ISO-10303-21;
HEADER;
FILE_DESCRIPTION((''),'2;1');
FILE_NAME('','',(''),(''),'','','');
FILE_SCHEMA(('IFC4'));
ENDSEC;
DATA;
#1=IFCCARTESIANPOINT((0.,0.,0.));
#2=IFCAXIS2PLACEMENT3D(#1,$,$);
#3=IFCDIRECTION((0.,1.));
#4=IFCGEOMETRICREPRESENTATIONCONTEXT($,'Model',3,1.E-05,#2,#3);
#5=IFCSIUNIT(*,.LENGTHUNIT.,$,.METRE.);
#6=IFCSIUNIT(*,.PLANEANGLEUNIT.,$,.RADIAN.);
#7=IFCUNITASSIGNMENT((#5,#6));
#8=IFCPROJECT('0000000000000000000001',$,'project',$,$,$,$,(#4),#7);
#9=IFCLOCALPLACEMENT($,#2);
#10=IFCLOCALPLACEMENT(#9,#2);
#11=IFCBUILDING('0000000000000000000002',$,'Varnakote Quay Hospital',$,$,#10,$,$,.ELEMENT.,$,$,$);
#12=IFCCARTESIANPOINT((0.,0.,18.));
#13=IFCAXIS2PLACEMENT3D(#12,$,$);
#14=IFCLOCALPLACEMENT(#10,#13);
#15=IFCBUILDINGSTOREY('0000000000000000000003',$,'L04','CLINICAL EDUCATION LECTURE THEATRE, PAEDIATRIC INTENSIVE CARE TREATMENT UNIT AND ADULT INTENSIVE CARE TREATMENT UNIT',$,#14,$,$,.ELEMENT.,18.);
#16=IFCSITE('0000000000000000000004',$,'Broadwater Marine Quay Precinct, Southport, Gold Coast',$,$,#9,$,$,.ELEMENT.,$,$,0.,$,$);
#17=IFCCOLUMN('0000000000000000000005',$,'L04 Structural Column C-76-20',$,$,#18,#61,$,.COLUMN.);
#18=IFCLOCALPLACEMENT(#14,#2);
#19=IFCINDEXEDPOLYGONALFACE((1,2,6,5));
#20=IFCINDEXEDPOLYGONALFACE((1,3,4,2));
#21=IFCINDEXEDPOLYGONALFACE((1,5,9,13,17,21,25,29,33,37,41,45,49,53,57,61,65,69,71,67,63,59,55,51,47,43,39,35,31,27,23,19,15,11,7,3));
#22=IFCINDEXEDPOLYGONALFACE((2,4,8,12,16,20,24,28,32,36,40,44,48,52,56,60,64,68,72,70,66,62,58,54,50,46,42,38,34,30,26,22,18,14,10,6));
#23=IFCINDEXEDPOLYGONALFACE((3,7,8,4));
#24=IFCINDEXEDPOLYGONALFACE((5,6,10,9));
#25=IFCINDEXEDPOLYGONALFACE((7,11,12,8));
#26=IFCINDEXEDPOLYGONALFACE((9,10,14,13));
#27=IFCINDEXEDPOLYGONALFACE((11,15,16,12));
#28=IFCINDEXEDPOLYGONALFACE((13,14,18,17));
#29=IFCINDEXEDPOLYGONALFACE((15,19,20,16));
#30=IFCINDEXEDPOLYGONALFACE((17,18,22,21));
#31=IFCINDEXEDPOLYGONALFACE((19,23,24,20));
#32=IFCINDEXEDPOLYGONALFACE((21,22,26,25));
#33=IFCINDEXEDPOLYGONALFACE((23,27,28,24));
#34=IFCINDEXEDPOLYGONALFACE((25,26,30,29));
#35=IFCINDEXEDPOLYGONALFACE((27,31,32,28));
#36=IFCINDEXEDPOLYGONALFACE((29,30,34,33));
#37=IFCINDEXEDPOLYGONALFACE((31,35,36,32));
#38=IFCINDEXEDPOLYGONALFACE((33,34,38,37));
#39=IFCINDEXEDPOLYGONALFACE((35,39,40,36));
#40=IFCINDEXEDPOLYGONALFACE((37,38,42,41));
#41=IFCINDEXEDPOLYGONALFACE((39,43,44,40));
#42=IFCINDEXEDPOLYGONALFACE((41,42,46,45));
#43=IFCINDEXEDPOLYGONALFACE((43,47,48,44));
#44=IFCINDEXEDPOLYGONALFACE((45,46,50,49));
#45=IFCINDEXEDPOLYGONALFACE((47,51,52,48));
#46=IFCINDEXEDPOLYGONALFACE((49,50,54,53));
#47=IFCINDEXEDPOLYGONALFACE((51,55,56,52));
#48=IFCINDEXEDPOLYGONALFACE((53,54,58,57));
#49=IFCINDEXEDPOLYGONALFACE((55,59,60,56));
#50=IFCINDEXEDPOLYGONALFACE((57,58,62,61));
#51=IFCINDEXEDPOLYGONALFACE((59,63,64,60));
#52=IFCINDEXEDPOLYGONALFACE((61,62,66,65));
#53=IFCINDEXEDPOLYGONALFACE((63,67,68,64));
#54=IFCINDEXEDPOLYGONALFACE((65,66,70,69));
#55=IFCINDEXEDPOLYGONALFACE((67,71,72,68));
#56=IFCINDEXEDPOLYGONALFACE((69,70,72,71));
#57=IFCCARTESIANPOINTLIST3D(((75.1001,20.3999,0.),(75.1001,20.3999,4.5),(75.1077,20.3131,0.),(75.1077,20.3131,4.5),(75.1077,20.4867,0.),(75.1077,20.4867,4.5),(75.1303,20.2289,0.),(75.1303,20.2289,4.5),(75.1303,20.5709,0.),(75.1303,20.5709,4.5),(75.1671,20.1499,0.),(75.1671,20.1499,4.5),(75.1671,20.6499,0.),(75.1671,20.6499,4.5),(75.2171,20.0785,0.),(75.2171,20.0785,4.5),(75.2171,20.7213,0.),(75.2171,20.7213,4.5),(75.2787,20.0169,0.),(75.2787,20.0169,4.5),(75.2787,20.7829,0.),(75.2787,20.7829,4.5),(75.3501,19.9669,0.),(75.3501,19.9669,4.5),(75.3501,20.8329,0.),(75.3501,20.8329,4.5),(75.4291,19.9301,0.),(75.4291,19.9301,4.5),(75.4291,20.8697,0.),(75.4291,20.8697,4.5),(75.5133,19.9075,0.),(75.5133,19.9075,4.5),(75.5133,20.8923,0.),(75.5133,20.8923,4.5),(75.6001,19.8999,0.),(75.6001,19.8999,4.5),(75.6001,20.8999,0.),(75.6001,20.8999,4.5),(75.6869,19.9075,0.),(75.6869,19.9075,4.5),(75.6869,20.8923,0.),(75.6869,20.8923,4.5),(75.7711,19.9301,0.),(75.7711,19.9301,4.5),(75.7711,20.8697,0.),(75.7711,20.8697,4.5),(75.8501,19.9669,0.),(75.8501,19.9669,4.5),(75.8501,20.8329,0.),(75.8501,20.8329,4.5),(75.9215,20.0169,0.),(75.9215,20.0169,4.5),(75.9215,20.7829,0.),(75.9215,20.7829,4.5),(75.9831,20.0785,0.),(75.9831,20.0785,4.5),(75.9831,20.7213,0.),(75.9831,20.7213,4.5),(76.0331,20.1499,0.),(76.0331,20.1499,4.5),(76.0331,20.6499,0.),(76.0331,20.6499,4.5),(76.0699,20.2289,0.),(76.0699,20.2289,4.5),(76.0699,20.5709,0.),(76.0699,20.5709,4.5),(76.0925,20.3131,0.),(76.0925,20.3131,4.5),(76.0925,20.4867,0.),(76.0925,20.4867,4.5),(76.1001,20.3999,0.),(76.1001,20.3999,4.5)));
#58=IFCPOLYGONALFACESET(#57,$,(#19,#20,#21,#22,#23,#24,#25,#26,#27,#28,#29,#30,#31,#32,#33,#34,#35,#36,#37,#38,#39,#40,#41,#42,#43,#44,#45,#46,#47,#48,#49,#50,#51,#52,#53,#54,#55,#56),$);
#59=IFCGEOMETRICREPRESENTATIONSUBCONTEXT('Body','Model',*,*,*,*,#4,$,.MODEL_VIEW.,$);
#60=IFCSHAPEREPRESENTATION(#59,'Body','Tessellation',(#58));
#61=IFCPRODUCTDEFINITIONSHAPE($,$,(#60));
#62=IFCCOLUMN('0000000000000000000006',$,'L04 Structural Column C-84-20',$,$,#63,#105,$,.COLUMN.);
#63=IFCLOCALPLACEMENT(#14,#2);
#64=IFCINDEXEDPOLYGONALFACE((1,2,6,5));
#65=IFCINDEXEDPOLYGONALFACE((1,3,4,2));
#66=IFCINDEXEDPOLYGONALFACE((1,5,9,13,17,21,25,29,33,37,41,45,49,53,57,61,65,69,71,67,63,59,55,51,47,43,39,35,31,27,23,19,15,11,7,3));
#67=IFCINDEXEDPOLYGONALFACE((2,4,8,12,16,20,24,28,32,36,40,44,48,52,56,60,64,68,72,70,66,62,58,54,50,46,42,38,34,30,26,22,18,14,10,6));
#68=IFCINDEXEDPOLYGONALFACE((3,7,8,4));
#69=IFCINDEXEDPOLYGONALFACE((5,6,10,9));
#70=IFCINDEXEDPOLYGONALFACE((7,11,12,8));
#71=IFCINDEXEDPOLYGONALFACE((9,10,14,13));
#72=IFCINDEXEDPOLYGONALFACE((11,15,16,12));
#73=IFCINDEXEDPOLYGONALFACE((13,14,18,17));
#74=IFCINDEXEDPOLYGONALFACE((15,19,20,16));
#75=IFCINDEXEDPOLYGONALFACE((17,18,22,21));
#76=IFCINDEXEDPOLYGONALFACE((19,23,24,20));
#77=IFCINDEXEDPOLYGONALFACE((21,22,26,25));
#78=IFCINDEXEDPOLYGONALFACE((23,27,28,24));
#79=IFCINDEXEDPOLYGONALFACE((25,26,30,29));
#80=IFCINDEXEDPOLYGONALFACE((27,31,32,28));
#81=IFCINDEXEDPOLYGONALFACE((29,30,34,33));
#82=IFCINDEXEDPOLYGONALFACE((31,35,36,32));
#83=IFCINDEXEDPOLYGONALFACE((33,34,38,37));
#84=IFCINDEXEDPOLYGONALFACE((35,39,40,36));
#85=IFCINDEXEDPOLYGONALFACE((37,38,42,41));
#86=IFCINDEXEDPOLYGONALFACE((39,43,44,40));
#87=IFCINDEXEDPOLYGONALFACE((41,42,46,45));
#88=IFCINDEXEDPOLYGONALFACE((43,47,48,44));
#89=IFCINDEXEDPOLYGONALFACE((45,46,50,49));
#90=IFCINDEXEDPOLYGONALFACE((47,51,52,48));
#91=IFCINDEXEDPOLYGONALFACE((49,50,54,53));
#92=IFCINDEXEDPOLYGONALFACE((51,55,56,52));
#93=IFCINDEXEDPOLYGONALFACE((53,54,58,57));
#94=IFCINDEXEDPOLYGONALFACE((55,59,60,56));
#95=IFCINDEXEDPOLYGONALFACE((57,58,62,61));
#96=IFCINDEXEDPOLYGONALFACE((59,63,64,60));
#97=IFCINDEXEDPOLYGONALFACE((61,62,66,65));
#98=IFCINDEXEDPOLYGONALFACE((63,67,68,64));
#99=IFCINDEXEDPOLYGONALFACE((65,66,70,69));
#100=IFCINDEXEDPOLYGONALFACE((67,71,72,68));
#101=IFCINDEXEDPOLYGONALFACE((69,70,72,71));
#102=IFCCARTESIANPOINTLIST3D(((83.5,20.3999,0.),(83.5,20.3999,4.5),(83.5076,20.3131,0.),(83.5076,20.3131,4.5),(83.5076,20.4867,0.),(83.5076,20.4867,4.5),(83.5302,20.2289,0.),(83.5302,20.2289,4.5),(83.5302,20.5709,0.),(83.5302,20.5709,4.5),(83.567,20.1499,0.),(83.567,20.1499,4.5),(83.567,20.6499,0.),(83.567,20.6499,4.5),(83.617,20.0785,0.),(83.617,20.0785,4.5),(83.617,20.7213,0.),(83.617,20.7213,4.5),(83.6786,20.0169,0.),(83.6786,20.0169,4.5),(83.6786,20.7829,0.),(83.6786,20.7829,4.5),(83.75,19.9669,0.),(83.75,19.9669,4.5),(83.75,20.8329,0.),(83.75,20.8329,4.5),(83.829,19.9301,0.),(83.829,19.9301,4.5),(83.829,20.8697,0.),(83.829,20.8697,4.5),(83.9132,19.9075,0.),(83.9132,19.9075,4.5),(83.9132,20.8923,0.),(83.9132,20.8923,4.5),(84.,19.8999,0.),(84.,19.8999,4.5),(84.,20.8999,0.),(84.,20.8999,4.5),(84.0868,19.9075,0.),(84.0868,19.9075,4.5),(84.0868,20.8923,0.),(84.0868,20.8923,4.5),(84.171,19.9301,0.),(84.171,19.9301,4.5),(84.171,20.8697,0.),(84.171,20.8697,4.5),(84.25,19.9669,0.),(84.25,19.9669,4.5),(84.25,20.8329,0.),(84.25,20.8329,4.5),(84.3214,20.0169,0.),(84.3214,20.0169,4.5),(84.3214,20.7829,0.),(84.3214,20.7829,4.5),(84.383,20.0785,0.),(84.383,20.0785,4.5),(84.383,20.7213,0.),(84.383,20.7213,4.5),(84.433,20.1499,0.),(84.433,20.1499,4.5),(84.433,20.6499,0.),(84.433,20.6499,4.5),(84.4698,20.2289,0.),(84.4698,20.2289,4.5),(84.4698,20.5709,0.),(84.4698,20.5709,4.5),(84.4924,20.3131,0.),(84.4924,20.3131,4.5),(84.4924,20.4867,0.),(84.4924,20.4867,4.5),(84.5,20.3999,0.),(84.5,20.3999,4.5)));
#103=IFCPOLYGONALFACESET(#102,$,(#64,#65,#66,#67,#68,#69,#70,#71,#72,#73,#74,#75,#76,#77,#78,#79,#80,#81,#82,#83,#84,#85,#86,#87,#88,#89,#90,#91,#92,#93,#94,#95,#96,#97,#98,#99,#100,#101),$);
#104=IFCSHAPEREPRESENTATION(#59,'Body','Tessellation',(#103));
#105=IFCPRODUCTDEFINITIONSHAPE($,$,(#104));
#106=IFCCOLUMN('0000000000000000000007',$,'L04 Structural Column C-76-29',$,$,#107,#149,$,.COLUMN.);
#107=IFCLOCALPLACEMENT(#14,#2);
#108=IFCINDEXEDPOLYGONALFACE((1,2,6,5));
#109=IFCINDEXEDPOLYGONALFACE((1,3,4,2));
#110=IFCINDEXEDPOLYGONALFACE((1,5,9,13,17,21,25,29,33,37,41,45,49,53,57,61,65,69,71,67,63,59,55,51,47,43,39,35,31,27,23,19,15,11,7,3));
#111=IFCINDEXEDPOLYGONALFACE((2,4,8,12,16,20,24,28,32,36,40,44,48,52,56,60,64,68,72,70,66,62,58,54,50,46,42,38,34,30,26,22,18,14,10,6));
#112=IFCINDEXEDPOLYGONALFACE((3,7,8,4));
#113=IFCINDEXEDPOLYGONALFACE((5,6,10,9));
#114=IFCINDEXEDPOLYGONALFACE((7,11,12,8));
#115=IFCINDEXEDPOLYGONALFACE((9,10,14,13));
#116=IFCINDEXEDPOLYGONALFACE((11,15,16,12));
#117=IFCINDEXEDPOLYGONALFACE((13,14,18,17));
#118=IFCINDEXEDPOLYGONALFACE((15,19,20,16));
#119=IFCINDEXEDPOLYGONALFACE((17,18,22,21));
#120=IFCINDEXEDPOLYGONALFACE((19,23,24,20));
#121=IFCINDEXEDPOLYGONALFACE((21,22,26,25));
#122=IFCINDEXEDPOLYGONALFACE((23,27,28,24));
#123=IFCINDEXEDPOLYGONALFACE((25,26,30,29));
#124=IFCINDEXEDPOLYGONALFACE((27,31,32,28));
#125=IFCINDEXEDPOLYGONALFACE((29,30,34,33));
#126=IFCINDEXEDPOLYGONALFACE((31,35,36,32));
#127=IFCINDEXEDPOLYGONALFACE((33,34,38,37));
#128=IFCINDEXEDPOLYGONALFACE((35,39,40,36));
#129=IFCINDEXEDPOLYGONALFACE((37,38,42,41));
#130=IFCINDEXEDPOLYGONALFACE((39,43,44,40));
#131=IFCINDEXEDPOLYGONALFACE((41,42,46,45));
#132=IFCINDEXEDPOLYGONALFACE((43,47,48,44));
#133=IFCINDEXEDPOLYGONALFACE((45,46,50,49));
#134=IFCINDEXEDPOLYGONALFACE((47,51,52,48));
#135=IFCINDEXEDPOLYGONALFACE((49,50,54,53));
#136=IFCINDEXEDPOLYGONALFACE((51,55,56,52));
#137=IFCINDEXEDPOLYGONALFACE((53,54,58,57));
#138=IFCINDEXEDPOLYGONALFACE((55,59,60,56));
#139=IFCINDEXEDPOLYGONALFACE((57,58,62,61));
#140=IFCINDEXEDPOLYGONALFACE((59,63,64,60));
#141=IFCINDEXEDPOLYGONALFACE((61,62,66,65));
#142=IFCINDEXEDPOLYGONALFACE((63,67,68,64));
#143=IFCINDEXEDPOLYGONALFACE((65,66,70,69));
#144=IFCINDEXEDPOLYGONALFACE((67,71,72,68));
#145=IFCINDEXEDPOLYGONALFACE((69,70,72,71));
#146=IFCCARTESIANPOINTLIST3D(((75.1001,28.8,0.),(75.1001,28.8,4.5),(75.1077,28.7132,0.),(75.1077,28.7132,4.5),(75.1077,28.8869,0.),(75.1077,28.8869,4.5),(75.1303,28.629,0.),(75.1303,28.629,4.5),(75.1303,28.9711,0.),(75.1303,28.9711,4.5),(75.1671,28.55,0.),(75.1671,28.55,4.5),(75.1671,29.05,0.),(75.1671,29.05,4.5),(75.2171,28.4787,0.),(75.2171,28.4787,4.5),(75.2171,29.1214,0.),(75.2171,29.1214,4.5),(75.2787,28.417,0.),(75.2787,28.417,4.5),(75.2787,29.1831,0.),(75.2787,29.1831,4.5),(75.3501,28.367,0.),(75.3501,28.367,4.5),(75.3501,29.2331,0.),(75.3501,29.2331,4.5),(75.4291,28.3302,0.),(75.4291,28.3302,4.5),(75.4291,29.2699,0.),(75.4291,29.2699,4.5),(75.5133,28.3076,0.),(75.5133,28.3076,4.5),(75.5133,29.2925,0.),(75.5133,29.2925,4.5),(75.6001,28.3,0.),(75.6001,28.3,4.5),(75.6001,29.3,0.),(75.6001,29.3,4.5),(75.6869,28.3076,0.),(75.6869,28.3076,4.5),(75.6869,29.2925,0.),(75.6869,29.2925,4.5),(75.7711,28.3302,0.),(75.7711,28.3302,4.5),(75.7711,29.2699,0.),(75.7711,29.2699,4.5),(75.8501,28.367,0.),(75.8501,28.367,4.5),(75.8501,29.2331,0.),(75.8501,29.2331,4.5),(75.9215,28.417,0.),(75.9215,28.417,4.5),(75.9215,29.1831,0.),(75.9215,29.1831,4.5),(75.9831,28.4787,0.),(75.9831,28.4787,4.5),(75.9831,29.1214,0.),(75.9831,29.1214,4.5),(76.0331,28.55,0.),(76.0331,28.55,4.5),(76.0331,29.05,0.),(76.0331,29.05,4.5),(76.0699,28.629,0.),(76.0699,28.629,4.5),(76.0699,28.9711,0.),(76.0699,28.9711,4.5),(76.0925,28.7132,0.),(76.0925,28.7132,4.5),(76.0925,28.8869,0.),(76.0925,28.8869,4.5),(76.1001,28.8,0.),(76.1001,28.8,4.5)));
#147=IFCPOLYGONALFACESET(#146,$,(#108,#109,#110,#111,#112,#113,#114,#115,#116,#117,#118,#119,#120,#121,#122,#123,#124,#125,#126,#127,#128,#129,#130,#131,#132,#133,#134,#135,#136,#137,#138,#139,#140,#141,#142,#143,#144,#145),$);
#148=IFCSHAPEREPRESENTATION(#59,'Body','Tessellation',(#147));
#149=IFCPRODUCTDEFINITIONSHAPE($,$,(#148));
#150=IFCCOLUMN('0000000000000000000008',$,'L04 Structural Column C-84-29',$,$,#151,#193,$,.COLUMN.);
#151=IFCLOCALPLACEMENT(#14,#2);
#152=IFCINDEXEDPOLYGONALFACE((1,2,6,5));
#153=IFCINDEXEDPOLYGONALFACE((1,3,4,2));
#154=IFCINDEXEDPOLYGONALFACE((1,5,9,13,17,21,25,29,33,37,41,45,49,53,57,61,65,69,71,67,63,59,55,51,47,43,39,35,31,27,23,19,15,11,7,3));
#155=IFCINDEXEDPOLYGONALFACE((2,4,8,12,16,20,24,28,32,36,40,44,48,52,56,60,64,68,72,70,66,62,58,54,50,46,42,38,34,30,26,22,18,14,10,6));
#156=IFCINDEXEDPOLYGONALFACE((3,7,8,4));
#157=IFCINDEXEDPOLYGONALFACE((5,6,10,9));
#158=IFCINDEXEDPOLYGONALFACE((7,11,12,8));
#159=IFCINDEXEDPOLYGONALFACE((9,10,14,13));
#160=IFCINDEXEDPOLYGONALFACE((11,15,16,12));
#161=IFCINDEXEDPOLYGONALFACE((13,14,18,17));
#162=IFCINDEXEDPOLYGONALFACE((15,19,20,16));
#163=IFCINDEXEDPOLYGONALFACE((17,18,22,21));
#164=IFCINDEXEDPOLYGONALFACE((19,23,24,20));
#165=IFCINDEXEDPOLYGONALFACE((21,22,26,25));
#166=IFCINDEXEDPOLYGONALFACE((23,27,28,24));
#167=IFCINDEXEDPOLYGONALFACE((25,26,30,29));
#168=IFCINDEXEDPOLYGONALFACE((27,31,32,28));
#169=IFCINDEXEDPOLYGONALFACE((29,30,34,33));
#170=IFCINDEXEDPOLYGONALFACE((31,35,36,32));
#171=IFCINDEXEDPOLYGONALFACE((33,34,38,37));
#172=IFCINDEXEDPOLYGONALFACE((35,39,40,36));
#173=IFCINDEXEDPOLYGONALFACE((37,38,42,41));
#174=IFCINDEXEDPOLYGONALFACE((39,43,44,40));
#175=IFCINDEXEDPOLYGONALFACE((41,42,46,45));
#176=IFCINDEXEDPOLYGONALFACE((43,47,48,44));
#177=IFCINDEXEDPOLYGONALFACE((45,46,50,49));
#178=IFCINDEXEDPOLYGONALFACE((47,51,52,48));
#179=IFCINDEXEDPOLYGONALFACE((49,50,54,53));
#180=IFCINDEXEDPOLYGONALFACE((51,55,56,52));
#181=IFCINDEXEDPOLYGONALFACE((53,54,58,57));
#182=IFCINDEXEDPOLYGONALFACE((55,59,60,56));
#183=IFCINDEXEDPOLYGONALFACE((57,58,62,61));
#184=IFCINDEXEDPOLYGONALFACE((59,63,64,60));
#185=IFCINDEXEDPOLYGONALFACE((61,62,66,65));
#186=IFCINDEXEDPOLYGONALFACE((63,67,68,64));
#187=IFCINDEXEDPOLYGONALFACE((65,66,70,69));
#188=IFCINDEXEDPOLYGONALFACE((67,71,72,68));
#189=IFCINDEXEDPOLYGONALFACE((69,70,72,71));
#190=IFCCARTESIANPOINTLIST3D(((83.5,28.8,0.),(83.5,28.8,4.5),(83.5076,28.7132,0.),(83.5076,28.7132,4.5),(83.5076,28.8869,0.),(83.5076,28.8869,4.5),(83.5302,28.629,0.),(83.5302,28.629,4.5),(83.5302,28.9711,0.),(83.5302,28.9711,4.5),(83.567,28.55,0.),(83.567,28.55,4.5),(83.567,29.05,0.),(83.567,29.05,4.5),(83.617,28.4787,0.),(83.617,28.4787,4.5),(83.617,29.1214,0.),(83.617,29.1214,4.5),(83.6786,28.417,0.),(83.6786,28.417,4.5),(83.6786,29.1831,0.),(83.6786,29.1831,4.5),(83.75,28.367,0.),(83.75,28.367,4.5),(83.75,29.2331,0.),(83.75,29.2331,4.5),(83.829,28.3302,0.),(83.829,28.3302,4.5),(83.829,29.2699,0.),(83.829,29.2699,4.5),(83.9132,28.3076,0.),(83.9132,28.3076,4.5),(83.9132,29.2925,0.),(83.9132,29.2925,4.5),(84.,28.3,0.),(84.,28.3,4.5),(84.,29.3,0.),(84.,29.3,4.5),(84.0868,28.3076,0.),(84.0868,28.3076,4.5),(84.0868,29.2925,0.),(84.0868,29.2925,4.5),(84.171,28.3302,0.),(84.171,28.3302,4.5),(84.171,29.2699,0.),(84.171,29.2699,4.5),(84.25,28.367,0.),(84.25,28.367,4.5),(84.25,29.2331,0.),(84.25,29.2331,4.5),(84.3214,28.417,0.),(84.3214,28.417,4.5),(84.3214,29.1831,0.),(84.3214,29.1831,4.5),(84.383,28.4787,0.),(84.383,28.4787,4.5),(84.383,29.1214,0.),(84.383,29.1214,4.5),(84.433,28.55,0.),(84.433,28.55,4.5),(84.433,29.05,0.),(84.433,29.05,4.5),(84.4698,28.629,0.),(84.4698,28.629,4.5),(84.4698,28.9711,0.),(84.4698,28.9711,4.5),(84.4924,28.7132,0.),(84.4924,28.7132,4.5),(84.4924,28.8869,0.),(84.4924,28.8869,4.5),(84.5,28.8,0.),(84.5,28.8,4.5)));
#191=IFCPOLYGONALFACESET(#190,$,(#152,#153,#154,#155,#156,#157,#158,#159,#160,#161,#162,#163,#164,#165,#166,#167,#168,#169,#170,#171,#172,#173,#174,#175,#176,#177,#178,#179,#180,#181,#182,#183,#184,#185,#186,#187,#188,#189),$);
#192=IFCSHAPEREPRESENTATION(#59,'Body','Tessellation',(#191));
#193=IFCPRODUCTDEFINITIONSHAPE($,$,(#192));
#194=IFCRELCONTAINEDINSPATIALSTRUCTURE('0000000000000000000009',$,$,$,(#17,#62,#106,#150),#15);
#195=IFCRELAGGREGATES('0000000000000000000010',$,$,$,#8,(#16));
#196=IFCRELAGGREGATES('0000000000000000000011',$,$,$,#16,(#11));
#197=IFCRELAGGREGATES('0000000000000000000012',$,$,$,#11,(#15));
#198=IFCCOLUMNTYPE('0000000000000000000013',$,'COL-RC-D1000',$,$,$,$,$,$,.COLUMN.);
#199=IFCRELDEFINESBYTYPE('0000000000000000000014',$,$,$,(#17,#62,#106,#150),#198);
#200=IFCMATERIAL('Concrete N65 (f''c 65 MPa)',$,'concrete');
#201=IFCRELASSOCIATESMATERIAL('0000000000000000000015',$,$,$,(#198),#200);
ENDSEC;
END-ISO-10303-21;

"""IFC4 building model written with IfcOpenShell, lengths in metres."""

from ifc_helpers import new_model, si_unit, direction, frame, origin, origin_2d, place, context, subcontext, project, spatial, circle, extrude, material, material_profile, profile_set, type_object, element, save


model = new_model("IFC4")

# Units and contexts
model_context = context("Model", 3, precision=1e-05, world=origin(), true_north=direction((0.0, 1.0)))
body_context = subcontext(model_context, "Body", "Model", "MODEL_VIEW")
ifc_project = project(units=[si_unit("LENGTHUNIT", "METRE"), si_unit("PLANEANGLEUNIT", "RADIAN")], contexts=[model_context])

# Site, building, storey
site_placement = place(None, origin())
site = spatial("IfcSite", under=ifc_project, at=site_placement, Name="Broadwater Marine Quay Precinct, Southport, Gold Coast", CompositionType="ELEMENT", RefElevation=0.0)
building_placement = place(site_placement, origin())
building = spatial("IfcBuilding", under=site, at=building_placement, Name="Varnakote Quay Hospital", CompositionType="ELEMENT")
storey_placement = place(building_placement, frame((0.0, 0.0, 18.0)))
storey = spatial("IfcBuildingStorey", under=building, at=storey_placement, Name="L04", Description="CLINICAL EDUCATION LECTURE THEATRE, PAEDIATRIC INTENSIVE CARE TREATMENT UNIT AND ADULT INTENSIVE CARE TREATMENT UNIT", CompositionType="ELEMENT", Elevation=18.0)

# Columns
ifc_material_1 = material(Name="Concrete N65 (f'c 65 MPa)", Category="concrete")
ifc_material_profile_1 = material_profile(ifc_material_1, circle(Radius=0.5, at=origin_2d()), Name="RC-COL-D1000")
ifc_profile_set_1 = profile_set([ifc_material_profile_1], Name="Concrete N65 (f'c 65 MPa)")
column_type = type_object("IfcColumnType", Name="COL-RC-D1000", PredefinedType="COLUMN", material=ifc_profile_set_1)
for number, where, z_axis, x_axis, name in (
    (1, (75.6001, 20.3999, 0.0), (0.0, 0.0, 1.0), (1.0, 0.0, 0.0), "L04 Structural Column C-76-20"),
    (2, (84.0, 20.3999, 0.0), (0.0, 0.0, 1.0), (1.0, 0.0, 0.0), "L04 Structural Column C-84-20"),
    (3, (75.6001, 28.8, 0.0), (0.0, 0.0, 1.0), (1.0, 0.0, 0.0), "L04 Structural Column C-76-29"),
    (4, (84.0, 28.8, 0.0), (0.0, 0.0, 1.0), (1.0, 0.0, 0.0), "L04 Structural Column C-84-29"),
):
    element("IfcColumn", number, at=place(storey_placement, frame(where, z_axis=z_axis, x_axis=x_axis)), inside=storey, type_object=column_type, Name=name, PredefinedType="COLUMN", context=body_context, shape_type="SweptSolid", body=[
        extrude(circle(Radius=0.5, at=origin_2d()), origin(), (0.0, 0.0, 1.0), 4.5),
    ])

save(model, "model.ifc")
